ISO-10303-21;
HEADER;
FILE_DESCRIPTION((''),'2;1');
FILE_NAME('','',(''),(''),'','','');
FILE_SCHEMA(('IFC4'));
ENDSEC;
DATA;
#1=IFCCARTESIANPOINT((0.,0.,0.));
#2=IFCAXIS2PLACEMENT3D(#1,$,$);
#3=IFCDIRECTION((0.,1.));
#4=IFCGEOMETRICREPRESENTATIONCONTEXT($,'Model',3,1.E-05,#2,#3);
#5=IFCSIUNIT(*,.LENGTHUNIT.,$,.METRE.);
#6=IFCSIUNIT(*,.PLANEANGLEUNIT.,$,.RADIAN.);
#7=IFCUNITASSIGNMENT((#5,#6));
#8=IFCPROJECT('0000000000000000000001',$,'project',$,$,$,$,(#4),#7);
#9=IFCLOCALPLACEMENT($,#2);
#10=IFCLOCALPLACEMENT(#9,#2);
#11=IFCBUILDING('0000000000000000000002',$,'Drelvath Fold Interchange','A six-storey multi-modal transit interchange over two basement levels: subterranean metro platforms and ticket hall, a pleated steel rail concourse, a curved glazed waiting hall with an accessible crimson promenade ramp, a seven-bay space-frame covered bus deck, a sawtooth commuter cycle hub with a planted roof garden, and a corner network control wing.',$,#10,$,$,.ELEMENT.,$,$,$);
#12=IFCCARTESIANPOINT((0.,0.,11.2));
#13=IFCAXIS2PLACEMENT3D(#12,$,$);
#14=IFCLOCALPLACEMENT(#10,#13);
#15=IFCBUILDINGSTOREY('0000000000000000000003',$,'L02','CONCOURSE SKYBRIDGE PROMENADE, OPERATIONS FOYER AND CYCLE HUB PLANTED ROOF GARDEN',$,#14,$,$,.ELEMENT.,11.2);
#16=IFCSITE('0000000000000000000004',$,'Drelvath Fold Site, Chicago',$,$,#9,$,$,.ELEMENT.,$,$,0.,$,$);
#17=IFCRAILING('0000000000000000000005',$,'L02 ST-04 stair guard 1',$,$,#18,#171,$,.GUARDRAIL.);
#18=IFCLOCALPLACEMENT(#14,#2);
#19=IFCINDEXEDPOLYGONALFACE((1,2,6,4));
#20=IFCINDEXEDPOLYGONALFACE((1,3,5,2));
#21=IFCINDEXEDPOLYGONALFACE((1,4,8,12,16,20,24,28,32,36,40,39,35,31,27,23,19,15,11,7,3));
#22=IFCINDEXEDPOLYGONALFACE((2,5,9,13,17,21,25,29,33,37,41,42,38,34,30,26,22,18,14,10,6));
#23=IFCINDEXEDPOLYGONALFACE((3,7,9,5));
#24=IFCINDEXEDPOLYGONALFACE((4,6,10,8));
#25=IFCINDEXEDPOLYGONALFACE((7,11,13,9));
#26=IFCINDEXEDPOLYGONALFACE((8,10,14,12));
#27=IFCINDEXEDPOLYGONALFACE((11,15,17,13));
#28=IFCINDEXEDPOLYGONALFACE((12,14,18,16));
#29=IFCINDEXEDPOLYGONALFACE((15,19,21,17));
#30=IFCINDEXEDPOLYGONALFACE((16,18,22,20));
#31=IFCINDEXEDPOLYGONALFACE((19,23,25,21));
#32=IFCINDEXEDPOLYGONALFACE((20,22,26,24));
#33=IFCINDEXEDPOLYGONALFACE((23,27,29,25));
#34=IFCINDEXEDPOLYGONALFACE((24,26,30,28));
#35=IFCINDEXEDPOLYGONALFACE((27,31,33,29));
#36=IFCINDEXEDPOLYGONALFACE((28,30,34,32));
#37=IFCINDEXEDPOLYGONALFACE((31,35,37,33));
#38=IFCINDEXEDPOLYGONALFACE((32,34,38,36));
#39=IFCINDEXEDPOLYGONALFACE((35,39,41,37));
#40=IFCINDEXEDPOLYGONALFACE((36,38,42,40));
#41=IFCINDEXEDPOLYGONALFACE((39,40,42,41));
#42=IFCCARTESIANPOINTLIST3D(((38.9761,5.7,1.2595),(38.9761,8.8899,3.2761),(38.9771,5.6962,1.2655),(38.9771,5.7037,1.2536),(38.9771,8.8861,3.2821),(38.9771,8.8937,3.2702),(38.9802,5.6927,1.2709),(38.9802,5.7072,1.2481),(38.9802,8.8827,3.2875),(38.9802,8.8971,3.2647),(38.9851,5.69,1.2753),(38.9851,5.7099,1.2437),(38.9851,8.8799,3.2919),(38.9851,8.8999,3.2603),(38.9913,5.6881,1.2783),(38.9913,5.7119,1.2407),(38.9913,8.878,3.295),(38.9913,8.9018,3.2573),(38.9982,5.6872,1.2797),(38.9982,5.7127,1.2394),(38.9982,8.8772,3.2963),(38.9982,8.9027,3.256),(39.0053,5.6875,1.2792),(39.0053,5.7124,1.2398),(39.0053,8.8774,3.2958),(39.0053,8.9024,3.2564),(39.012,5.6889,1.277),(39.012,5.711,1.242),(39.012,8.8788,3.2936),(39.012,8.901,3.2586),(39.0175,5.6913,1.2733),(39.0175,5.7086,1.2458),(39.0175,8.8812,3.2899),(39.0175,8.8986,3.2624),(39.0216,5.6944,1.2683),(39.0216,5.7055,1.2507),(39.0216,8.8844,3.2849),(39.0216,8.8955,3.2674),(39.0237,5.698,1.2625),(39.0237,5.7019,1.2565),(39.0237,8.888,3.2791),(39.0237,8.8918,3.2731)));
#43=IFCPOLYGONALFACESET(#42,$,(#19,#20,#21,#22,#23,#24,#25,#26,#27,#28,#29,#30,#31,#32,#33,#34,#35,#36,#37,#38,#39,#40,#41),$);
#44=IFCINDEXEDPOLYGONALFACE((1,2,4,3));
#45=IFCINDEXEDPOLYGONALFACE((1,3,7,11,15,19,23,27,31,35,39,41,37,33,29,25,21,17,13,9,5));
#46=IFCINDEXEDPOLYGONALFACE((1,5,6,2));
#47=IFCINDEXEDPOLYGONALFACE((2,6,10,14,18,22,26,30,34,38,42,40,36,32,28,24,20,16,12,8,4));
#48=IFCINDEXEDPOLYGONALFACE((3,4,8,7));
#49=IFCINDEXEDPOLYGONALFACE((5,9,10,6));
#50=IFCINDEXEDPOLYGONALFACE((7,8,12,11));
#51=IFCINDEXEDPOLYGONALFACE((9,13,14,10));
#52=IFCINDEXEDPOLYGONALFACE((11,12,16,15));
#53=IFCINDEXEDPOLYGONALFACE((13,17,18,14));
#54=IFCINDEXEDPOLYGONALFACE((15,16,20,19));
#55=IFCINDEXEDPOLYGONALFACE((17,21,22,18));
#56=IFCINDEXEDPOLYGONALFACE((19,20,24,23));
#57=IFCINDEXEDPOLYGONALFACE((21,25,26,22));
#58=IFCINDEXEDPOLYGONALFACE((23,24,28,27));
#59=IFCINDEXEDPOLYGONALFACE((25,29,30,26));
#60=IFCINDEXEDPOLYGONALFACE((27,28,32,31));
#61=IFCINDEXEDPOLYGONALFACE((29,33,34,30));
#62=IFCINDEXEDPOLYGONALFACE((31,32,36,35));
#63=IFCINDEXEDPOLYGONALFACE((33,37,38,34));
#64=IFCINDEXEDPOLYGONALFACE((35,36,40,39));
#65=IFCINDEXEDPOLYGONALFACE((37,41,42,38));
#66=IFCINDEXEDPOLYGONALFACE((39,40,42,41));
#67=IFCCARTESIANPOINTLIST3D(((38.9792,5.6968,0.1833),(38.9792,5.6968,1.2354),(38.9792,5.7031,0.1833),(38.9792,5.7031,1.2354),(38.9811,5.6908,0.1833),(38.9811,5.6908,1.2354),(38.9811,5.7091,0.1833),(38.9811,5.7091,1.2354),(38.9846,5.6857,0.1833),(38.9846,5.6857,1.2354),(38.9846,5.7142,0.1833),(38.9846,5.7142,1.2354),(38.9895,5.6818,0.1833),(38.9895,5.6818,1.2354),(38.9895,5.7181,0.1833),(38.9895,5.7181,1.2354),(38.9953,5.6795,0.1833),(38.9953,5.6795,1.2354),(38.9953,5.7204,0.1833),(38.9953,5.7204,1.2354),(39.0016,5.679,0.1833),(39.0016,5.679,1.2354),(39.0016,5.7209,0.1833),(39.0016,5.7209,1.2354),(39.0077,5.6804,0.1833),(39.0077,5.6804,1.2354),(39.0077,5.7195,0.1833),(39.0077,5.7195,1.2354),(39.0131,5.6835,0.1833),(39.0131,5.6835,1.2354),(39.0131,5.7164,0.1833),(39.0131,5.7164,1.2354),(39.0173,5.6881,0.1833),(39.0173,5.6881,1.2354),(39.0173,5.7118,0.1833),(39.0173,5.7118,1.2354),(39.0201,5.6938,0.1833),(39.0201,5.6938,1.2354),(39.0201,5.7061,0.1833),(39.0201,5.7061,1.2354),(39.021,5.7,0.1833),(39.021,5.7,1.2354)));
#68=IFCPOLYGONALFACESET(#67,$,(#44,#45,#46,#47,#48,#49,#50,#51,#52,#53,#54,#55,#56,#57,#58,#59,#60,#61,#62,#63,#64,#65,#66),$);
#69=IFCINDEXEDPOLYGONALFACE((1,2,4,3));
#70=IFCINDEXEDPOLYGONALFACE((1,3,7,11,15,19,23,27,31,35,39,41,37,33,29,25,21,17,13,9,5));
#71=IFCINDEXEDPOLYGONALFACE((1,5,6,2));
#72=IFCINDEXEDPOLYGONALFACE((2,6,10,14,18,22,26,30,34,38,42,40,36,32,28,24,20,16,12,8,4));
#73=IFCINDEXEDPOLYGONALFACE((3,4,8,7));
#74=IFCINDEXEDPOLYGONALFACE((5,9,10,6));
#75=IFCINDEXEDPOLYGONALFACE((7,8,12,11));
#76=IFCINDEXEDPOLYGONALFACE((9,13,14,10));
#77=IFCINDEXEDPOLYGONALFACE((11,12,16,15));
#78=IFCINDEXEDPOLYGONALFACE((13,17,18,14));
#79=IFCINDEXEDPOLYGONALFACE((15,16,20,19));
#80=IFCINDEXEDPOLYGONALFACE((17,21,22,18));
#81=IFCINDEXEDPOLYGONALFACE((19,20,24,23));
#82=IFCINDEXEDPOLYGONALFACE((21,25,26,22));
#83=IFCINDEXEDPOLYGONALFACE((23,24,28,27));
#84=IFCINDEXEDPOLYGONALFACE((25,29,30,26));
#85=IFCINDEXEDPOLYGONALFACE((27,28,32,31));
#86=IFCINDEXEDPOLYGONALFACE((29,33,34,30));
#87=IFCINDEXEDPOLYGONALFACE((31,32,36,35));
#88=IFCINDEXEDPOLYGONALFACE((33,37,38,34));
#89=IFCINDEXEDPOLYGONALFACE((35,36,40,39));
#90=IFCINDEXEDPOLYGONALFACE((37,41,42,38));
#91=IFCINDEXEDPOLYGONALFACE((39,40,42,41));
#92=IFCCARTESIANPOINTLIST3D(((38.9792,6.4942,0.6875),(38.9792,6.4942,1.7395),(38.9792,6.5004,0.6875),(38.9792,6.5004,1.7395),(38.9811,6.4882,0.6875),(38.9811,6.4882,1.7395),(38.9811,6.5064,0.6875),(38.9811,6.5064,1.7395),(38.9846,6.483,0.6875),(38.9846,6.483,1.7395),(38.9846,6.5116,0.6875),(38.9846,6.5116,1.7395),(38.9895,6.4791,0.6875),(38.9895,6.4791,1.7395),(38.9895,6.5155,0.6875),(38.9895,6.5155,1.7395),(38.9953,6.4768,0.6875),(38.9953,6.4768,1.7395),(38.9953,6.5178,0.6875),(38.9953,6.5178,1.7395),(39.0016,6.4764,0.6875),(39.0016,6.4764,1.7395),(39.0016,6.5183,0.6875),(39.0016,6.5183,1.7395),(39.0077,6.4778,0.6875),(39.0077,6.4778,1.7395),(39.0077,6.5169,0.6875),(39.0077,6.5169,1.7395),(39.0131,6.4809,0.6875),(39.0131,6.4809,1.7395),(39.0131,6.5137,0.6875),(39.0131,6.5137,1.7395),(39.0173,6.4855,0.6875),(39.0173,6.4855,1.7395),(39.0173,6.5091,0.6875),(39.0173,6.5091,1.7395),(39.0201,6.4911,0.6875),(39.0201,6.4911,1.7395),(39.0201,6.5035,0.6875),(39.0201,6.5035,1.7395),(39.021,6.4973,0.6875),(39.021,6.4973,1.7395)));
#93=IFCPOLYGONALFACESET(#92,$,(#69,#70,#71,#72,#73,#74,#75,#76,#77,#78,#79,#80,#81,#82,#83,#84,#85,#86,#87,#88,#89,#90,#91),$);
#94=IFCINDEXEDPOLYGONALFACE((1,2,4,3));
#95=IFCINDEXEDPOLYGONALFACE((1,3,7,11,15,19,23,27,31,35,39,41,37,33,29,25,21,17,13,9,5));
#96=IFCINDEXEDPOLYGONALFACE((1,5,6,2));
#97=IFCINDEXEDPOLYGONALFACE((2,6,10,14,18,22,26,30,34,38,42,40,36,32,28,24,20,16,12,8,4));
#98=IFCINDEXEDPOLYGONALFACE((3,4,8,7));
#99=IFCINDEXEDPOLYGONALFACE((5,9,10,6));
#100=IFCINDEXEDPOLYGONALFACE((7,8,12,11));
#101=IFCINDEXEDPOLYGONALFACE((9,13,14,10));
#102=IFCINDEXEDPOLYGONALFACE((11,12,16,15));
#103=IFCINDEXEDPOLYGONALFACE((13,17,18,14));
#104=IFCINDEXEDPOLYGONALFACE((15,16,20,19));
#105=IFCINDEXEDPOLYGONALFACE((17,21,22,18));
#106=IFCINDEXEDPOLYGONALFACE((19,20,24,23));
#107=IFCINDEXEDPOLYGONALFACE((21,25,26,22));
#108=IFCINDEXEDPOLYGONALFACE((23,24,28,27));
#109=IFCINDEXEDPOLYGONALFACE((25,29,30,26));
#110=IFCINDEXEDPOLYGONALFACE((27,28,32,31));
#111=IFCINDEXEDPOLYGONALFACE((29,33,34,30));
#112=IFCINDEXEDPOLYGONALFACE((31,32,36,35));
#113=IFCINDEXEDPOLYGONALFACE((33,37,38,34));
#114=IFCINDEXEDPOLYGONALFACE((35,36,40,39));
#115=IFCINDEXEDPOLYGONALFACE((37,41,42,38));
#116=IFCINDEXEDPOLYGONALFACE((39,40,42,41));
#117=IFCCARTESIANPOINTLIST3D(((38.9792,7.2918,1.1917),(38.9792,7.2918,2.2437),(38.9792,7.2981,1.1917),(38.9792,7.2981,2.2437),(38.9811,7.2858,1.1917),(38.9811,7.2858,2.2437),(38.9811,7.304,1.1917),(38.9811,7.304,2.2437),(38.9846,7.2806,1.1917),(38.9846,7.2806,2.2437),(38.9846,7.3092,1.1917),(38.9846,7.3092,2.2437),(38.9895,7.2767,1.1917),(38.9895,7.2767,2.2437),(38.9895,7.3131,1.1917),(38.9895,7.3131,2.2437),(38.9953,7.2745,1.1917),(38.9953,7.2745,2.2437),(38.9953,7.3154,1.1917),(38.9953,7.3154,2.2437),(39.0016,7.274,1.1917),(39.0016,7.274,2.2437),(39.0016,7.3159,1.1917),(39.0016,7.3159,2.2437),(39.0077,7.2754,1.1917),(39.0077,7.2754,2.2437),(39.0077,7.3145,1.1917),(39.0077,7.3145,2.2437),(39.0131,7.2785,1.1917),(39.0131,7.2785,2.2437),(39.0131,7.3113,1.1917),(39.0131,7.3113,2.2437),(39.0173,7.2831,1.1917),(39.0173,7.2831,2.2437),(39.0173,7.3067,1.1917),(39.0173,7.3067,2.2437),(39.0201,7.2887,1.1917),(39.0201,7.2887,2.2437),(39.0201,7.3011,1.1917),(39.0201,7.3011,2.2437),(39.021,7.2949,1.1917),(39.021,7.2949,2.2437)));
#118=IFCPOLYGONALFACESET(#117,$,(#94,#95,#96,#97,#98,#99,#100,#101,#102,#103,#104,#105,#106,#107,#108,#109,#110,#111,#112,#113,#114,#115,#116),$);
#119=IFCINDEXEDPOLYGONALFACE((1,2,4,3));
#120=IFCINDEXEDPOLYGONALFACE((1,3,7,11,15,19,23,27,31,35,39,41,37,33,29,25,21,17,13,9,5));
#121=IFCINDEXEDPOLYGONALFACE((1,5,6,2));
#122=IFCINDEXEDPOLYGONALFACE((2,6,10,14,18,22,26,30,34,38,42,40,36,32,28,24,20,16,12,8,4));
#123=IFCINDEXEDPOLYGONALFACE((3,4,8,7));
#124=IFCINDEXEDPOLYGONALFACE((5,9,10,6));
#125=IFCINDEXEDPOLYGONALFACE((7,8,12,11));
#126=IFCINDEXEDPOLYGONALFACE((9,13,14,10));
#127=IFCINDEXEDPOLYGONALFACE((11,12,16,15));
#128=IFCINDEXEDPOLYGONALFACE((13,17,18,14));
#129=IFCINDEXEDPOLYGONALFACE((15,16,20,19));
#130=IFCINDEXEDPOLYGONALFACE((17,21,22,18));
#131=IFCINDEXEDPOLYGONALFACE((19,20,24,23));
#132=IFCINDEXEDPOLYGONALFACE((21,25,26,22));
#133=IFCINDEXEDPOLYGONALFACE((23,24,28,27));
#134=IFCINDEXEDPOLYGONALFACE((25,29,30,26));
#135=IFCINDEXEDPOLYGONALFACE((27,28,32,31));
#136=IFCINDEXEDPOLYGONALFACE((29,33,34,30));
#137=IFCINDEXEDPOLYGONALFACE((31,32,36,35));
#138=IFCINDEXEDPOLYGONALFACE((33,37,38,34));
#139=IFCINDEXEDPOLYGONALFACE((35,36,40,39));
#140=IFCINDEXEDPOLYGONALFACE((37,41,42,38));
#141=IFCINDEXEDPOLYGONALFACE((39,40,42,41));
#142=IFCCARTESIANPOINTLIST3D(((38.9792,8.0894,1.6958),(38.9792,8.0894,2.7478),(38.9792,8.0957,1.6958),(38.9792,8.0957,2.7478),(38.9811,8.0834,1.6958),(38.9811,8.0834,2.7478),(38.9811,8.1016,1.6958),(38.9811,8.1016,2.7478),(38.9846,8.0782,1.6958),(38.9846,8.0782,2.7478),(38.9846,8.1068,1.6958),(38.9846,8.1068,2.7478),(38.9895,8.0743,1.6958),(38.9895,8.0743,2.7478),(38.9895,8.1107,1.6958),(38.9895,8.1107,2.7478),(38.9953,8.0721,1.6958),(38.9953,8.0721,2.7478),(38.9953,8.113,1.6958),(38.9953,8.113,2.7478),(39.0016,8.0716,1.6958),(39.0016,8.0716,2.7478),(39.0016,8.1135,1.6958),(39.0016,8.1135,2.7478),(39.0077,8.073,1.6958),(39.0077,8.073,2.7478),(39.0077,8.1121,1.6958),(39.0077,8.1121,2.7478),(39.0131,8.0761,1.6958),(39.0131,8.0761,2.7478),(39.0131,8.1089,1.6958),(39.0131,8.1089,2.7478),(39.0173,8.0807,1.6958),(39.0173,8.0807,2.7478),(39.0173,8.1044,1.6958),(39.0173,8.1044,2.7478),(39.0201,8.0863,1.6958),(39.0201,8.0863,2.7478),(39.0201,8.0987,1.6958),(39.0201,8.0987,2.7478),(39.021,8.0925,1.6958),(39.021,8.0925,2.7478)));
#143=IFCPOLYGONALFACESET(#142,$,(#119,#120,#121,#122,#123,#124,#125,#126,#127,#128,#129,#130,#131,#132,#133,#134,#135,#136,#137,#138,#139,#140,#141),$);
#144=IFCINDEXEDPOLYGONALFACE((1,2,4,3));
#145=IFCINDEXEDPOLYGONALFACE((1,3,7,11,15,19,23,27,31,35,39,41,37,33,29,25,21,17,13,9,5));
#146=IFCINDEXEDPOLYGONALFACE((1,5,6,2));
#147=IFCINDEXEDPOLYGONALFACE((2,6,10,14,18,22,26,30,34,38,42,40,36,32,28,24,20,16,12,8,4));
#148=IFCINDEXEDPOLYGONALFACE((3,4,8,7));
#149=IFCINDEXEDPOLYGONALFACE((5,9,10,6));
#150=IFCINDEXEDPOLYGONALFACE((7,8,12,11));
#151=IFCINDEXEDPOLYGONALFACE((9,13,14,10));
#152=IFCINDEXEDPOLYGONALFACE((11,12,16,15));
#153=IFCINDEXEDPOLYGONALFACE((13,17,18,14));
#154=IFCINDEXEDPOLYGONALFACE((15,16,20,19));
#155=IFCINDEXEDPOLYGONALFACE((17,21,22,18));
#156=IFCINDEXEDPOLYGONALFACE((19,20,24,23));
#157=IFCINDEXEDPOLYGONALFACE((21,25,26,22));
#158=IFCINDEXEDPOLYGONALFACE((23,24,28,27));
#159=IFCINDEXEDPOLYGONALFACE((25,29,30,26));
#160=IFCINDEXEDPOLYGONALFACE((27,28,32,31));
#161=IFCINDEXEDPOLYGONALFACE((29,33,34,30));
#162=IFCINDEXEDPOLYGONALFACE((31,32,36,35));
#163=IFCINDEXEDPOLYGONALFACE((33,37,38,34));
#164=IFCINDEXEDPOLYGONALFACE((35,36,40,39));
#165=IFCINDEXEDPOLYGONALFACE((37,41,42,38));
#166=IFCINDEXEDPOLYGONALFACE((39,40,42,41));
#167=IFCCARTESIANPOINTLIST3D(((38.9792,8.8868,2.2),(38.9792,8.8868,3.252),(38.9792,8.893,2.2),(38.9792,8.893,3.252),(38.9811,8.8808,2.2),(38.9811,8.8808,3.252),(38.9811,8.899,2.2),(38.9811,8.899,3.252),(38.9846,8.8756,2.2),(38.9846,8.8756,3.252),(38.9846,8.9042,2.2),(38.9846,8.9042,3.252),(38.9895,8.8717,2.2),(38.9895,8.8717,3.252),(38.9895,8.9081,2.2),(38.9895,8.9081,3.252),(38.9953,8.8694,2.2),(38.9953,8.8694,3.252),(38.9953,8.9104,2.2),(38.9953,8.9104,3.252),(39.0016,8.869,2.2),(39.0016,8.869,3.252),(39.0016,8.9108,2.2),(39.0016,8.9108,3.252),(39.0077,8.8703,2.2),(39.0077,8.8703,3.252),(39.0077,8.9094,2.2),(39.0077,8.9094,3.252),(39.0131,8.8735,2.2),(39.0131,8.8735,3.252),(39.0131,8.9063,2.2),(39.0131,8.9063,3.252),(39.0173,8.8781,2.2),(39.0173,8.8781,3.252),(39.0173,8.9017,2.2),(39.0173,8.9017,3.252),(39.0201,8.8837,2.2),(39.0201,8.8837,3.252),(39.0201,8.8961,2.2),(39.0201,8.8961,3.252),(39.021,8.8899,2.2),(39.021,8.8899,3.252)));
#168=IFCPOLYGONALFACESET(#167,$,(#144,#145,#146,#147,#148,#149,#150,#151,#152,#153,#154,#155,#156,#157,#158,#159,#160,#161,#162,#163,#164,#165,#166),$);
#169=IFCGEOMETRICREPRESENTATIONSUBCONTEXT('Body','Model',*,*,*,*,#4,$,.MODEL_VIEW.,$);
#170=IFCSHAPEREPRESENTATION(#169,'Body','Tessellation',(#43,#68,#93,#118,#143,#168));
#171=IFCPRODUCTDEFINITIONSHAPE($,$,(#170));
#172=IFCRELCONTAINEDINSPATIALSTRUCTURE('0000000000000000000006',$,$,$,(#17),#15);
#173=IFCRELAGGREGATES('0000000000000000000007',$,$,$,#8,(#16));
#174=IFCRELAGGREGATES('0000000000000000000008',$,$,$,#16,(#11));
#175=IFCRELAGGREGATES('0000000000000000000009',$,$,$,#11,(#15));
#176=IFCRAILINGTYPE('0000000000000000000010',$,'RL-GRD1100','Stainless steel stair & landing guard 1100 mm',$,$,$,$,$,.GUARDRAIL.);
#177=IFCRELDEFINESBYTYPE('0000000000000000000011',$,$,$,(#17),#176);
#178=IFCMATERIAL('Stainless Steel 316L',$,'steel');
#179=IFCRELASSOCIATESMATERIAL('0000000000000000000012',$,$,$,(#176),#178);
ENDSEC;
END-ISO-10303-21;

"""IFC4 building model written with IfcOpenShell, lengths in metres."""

from ifc_helpers import new_model, si_unit, direction, frame, origin, origin_2d, place, context, subcontext, project, spatial, circle, extrude, material, type_object, element, save


model = new_model("IFC4")

# Units and contexts
model_context = context("Model", 3, precision=1e-05, world=origin(), true_north=direction((0.0, 1.0)))
body_context = subcontext(model_context, "Body", "Model", "MODEL_VIEW")
ifc_project = project(units=[si_unit("LENGTHUNIT", "METRE"), si_unit("PLANEANGLEUNIT", "RADIAN")], contexts=[model_context])

# Site, building, storey
site_placement = place(None, origin())
site = spatial("IfcSite", under=ifc_project, at=site_placement, Name="Drelvath Fold Site, Chicago", CompositionType="ELEMENT", RefElevation=0.0)
building_placement = place(site_placement, origin())
building = spatial("IfcBuilding", under=site, at=building_placement, Name="Drelvath Fold Interchange", Description="A six-storey multi-modal transit interchange over two basement levels: subterranean metro platforms and ticket hall, a pleated steel rail concourse, a curved glazed waiting hall with an accessible crimson promenade ramp, a seven-bay space-frame covered bus deck, a sawtooth commuter cycle hub with a planted roof garden, and a corner network control wing.", CompositionType="ELEMENT")
storey_placement = place(building_placement, frame((0.0, 0.0, 11.2)))
storey = spatial("IfcBuildingStorey", under=building, at=storey_placement, Name="L02", Description="CONCOURSE SKYBRIDGE PROMENADE, OPERATIONS FOYER AND CYCLE HUB PLANTED ROOF GARDEN", CompositionType="ELEMENT", Elevation=11.2)

# Railing
ifc_material_1 = material(Name="Stainless Steel 316L", Category="steel")
railing_type_1 = type_object("IfcRailingType", Name="RL-GRD1100", Description="Stainless steel stair & landing guard 1100 mm", PredefinedType="GUARDRAIL", material=ifc_material_1)
railing_1_placement = place(storey_placement, frame((39.0, 5.7, 0.1833)))
element("IfcRailing", 1, at=railing_1_placement, inside=storey, type_object=railing_type_1, Name="L02 ST-04 stair guard 1", PredefinedType="GUARDRAIL", context=body_context, shape_type="SweptSolid", body=[
    extrude(circle(Radius=0.0239, at=origin_2d()), frame((0.0, 0.0, 1.0762), z_axis=(0.0, 0.845261, 0.534353), x_axis=(-1.0, 0.0, 0.0)), (0.0, 0.0, 1.0), 3.7739),
    extrude(circle(Radius=0.021, at=origin_2d()), origin(), (0.0, 0.0, 1.0), 1.052),
    extrude(circle(Radius=0.021, at=origin_2d()), frame((0.0, 0.7974, 0.5042)), (0.0, 0.0, 1.0), 1.052),
    extrude(circle(Radius=0.021, at=origin_2d()), frame((0.0, 1.595, 1.0083)), (0.0, 0.0, 1.0), 1.052),
    extrude(circle(Radius=0.021, at=origin_2d()), frame((0.0, 2.3926, 1.5125)), (0.0, 0.0, 1.0), 1.052),
    extrude(circle(Radius=0.021, at=origin_2d()), frame((0.0, 3.1899, 2.0166)), (0.0, 0.0, 1.0), 1.052),
])

save(model, "model.ifc")
